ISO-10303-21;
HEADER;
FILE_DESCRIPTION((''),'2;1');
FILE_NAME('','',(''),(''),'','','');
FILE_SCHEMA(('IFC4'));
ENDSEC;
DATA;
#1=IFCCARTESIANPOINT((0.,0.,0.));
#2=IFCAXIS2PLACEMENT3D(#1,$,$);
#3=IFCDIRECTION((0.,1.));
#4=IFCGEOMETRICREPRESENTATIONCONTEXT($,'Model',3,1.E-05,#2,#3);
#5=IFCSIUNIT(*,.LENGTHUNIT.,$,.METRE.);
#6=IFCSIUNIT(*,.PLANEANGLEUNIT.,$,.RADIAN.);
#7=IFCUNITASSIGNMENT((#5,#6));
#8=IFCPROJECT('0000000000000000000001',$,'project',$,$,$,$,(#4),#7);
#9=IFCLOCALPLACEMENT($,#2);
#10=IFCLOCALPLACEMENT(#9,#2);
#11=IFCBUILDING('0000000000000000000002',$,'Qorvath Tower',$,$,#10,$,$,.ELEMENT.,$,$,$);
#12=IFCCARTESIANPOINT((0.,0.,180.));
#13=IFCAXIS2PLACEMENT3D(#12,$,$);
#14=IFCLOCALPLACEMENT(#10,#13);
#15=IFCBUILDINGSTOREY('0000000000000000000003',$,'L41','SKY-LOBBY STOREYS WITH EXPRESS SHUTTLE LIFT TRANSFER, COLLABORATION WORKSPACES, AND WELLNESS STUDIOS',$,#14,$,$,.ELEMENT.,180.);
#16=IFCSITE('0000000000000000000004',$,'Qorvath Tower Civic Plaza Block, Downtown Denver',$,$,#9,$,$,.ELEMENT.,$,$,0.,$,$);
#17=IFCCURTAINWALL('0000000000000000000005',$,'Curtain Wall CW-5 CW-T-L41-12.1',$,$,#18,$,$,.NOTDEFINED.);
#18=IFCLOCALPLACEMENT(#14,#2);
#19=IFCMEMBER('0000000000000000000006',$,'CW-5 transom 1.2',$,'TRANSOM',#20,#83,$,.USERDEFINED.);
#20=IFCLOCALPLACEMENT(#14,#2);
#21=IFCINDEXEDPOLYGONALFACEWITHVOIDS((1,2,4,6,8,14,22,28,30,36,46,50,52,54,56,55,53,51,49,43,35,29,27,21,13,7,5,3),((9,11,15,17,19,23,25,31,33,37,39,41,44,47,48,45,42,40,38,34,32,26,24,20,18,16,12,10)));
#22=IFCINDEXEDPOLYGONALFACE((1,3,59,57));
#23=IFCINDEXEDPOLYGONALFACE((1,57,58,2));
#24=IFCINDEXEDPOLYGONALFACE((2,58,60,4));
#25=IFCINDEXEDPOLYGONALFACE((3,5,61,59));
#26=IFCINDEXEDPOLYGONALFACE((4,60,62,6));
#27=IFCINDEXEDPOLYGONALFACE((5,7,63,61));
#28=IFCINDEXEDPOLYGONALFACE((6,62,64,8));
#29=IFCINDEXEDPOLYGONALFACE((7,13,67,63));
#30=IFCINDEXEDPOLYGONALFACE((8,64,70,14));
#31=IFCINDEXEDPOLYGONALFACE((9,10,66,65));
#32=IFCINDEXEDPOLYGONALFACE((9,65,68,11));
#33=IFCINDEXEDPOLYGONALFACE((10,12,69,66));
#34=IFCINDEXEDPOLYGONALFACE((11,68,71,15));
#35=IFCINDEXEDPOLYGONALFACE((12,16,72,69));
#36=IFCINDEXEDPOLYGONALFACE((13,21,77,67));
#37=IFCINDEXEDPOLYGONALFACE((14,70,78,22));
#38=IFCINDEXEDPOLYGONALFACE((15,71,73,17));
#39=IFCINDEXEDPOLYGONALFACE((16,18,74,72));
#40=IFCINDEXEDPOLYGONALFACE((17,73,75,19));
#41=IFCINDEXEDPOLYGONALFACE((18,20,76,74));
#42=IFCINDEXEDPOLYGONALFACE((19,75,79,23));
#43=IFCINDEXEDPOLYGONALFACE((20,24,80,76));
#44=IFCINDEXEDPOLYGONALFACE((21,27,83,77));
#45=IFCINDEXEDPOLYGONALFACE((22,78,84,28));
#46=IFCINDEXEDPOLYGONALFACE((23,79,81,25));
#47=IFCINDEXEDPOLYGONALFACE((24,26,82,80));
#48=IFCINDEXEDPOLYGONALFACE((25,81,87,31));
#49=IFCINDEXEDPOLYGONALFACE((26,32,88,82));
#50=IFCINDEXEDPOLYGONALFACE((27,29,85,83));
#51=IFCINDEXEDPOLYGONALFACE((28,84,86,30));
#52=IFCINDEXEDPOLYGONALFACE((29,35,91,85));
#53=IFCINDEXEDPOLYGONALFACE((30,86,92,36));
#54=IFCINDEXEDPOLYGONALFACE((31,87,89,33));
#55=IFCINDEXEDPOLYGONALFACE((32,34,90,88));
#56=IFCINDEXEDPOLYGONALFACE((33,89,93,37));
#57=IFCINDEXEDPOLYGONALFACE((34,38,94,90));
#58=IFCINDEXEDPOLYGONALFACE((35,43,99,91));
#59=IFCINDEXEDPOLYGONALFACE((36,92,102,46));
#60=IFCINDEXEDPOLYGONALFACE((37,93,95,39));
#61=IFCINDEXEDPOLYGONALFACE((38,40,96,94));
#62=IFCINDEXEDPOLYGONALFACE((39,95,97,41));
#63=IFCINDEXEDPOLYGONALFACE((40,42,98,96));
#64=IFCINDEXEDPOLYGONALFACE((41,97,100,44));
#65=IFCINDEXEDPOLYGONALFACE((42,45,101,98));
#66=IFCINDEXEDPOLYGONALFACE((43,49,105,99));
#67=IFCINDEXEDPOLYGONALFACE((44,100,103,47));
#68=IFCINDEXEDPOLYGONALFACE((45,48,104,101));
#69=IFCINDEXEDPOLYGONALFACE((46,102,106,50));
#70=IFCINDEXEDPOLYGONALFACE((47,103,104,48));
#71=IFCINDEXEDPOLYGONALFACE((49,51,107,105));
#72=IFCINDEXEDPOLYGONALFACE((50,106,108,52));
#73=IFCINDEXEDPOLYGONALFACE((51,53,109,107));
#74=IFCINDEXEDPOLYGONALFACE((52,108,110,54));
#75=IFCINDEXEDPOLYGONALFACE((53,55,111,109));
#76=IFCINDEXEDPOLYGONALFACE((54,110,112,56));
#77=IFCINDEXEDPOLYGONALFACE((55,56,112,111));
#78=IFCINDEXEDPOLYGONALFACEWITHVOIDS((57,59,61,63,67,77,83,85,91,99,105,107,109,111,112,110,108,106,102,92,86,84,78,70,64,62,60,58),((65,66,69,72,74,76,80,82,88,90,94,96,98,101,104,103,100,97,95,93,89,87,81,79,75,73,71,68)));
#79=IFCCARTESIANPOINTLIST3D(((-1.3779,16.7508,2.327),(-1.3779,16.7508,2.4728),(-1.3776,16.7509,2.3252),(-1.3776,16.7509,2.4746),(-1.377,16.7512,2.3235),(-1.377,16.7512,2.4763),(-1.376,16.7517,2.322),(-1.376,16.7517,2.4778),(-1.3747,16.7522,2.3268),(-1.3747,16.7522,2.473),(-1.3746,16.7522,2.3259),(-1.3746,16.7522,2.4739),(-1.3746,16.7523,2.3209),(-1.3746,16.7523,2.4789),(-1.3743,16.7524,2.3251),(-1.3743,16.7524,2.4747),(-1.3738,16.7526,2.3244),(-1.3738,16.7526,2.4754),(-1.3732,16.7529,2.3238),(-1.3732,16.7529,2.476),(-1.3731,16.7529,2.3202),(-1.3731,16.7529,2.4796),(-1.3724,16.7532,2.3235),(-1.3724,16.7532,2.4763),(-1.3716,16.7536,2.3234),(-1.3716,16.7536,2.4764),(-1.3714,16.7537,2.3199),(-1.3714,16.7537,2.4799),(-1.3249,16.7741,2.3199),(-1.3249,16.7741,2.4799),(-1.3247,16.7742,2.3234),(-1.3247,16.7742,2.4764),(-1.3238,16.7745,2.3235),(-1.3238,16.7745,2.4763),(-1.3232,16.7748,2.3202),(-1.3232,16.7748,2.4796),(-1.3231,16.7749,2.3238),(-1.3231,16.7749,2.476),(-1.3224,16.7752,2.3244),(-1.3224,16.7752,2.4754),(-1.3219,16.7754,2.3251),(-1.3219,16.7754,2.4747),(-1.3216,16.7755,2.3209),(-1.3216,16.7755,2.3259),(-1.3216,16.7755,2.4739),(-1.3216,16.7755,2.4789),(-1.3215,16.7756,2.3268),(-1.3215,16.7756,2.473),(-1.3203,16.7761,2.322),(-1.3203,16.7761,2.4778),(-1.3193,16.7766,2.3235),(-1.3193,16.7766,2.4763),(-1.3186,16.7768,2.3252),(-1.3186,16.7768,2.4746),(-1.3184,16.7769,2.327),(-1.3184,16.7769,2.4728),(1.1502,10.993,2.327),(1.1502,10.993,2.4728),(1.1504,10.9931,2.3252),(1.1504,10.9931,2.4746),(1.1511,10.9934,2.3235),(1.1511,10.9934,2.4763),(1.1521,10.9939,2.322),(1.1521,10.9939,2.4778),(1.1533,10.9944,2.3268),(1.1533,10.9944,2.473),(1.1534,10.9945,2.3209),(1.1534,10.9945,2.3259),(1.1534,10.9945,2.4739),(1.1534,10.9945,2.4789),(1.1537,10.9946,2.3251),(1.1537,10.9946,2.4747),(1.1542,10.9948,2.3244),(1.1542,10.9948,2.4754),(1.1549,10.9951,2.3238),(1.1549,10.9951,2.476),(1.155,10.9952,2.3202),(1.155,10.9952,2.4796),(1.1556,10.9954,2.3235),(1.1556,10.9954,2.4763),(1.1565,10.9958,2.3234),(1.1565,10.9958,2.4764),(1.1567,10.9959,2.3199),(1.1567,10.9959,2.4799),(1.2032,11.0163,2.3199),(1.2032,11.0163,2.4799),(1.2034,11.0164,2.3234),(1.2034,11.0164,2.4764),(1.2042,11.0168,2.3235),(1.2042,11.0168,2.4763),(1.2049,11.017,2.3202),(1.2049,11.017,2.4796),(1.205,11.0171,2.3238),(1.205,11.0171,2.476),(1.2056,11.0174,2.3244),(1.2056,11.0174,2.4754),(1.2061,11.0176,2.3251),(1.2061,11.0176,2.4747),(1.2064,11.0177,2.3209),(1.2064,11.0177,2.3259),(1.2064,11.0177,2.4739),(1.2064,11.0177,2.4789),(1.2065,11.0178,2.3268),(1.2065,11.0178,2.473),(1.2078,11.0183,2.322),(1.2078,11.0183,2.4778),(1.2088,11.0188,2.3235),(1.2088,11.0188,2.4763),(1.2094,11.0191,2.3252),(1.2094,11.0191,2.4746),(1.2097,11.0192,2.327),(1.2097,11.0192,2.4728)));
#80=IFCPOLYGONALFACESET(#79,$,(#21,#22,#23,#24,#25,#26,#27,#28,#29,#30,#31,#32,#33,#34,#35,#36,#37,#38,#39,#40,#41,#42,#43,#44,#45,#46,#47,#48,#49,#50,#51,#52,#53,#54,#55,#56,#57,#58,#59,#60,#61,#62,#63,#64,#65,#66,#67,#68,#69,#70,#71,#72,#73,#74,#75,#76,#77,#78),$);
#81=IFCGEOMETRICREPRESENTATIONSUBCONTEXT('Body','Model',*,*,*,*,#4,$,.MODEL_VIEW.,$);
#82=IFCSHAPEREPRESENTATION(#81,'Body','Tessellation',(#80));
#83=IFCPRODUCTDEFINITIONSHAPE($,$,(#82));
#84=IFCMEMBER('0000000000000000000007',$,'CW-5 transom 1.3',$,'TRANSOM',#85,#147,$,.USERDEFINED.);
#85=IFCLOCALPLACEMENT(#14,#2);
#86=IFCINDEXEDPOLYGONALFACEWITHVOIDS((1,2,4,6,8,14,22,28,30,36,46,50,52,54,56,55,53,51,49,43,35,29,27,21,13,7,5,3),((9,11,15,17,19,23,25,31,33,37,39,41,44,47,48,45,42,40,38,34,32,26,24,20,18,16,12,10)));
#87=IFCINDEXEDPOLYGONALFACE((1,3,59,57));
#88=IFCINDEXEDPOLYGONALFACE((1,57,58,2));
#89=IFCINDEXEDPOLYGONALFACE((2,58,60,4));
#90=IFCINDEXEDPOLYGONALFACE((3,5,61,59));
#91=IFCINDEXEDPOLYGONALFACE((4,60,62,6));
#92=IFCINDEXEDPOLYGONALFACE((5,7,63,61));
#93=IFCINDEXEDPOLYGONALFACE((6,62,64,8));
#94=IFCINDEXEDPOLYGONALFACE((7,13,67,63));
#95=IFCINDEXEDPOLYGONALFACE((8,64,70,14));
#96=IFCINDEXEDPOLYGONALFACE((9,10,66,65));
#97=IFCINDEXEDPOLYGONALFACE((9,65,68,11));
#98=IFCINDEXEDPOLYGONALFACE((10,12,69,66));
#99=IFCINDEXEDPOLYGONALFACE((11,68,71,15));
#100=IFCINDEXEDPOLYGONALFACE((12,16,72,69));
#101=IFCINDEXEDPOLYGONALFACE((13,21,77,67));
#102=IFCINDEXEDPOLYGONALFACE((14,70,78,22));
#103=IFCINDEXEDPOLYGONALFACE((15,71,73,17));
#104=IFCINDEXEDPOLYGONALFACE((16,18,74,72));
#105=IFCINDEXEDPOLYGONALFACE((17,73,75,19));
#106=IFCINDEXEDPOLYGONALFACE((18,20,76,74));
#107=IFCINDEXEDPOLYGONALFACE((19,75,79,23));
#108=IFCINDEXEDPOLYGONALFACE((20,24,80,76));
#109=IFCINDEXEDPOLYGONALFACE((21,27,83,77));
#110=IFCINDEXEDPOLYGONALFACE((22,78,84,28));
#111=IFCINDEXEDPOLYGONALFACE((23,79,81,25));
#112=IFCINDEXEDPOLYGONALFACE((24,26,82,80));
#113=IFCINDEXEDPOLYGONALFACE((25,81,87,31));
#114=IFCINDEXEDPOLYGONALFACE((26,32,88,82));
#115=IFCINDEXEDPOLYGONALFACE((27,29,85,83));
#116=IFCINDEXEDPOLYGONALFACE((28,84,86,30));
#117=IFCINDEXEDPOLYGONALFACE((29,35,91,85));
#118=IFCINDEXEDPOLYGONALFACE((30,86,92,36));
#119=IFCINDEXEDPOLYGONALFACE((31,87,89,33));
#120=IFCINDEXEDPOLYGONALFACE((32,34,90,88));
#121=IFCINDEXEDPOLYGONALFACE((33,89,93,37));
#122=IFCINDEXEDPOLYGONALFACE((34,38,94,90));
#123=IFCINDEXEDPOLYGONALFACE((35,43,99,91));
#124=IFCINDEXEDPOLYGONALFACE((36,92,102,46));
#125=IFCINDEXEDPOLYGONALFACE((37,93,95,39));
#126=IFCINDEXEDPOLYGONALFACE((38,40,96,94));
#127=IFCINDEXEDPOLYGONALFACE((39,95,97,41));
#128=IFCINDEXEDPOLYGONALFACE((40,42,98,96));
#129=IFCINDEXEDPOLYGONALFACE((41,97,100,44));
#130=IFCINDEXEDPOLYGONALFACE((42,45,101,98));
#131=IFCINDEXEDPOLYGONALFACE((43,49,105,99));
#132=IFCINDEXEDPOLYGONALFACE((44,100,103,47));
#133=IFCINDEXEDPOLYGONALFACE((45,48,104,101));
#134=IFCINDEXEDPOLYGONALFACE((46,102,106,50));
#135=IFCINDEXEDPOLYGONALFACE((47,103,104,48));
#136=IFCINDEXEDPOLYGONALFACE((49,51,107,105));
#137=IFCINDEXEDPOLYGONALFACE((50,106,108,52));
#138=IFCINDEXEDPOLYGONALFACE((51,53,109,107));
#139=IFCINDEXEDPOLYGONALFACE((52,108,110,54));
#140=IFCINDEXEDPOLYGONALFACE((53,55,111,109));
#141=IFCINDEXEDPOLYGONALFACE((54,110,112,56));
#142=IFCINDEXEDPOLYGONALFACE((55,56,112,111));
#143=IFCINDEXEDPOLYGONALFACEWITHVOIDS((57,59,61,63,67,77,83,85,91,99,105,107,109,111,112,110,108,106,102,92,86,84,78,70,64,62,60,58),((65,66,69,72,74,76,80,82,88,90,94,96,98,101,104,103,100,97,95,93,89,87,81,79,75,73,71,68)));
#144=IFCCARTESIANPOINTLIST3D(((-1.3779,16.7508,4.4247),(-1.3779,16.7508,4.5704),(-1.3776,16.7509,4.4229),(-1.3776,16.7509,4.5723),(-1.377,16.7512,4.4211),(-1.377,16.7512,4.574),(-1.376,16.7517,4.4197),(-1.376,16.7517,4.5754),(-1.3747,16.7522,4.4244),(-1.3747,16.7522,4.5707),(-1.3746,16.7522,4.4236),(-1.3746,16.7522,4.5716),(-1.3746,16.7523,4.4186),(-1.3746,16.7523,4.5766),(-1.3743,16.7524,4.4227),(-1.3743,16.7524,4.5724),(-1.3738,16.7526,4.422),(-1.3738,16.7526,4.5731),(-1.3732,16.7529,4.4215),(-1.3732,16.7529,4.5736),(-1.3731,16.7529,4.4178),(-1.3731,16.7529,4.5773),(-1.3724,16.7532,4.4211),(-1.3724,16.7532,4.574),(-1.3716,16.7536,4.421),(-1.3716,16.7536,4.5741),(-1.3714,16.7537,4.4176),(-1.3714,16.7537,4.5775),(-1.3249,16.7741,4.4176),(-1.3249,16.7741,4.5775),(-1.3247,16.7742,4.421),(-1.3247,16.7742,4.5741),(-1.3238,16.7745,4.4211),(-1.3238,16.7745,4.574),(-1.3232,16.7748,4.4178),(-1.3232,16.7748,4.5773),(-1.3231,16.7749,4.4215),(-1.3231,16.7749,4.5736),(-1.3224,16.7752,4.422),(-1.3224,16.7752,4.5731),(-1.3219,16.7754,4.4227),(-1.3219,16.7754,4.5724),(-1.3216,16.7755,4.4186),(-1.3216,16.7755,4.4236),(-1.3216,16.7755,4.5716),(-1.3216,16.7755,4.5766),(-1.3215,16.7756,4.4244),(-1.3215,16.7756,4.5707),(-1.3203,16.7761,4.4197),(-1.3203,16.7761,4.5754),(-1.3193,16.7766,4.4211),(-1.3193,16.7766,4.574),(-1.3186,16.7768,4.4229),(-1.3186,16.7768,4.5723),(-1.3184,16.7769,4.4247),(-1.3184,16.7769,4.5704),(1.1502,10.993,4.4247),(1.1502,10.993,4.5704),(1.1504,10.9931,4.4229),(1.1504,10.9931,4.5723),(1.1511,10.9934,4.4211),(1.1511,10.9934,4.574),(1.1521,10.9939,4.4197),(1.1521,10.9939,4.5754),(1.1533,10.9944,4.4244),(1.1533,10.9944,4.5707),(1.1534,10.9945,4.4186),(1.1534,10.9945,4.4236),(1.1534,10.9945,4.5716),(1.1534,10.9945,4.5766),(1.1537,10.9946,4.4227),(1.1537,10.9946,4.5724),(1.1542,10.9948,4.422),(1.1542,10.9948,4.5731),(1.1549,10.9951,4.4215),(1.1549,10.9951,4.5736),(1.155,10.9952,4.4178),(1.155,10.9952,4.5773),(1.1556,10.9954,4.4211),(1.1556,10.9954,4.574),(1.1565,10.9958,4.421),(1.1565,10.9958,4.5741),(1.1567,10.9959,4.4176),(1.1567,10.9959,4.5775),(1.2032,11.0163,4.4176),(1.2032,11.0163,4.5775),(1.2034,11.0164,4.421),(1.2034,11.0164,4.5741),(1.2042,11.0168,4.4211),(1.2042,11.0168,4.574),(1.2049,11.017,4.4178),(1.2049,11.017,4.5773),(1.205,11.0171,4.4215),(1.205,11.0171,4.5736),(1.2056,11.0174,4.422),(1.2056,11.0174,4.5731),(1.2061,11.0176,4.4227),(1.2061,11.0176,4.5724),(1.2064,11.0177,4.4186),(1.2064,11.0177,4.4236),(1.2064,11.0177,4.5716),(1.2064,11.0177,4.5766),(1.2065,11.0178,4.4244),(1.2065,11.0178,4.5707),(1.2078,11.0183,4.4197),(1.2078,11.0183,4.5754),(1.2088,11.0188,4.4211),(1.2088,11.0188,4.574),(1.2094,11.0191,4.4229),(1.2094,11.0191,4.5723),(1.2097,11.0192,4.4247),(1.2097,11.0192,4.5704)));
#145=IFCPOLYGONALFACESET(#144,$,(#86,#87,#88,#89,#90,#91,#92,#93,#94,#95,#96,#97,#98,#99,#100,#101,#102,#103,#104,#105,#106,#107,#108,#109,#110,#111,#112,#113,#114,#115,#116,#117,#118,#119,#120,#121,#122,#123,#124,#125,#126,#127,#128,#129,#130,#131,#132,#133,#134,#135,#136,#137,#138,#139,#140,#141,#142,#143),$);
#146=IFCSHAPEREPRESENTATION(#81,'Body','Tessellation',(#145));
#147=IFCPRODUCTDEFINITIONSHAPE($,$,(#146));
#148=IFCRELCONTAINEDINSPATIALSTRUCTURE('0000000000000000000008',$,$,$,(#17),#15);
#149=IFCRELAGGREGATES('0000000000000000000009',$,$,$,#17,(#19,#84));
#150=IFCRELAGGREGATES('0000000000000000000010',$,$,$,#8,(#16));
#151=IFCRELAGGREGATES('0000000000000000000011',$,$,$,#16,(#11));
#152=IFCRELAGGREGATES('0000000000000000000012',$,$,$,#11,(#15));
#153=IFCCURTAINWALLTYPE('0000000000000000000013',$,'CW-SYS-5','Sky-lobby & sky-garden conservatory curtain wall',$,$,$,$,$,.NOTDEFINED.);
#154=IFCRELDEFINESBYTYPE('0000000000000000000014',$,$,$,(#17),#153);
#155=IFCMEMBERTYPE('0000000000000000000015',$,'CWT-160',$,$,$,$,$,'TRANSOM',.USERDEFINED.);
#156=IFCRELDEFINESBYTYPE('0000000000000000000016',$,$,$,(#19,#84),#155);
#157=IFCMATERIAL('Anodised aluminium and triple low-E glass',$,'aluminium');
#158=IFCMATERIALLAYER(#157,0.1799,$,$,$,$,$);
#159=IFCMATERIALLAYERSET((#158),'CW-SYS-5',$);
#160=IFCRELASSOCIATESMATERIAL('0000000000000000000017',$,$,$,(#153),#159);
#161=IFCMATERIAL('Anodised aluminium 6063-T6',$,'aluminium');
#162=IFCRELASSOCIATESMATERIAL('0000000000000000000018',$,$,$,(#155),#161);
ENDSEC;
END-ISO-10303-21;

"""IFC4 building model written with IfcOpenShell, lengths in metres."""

from ifc_helpers import new_model, si_unit, direction, frame, origin, origin_2d, place, context, subcontext, project, spatial, hollow_rectangle, extrude, material, layer, layer_set, material_profile, profile_set, type_object, element, aggregate, save


model = new_model("IFC4")

# Units and contexts
model_context = context("Model", 3, precision=1e-05, world=origin(), true_north=direction((0.0, 1.0)))
body_context = subcontext(model_context, "Body", "Model", "MODEL_VIEW")
ifc_project = project(units=[si_unit("LENGTHUNIT", "METRE"), si_unit("PLANEANGLEUNIT", "RADIAN")], contexts=[model_context])

# Site, building, storey
site_placement = place(None, origin())
site = spatial("IfcSite", under=ifc_project, at=site_placement, Name="Qorvath Tower Civic Plaza Block, Downtown Denver", CompositionType="ELEMENT", RefElevation=0.0)
building_placement = place(site_placement, origin())
building = spatial("IfcBuilding", under=site, at=building_placement, Name="Qorvath Tower", CompositionType="ELEMENT")
storey_placement = place(building_placement, frame((0.0, 0.0, 180.0)))
storey = spatial("IfcBuildingStorey", under=building, at=storey_placement, Name="L41", Description="SKY-LOBBY STOREYS WITH EXPRESS SHUTTLE LIFT TRANSFER, COLLABORATION WORKSPACES, AND WELLNESS STUDIOS", CompositionType="ELEMENT", Elevation=180.0)

# Shared definitions
ifc_material_1 = material(Name="Anodised aluminium and triple low-E glass", Category="aluminium")
ifc_layer_1 = layer(ifc_material_1, 0.1799)
ifc_layer_set_1 = layer_set([ifc_layer_1], Name="CW-SYS-5")
curtain_wall_type = type_object("IfcCurtainWallType", Name="CW-SYS-5", Description="Sky-lobby & sky-garden conservatory curtain wall", PredefinedType="NOTDEFINED", material=ifc_layer_set_1)

# Curtain wall
curtain_wall_1_placement = place(storey_placement, origin())
curtain_wall_1 = element("IfcCurtainWall", 1, at=curtain_wall_1_placement, inside=storey, type_object=curtain_wall_type, Name="Curtain Wall CW-5 CW-T-L41-12.1", PredefinedType="NOTDEFINED")

# Members
ifc_material_2 = material(Name="Anodised aluminium 6063-T6", Category="aluminium")
ifc_material_profile_1 = material_profile(ifc_material_2, hollow_rectangle(XDim=0.0649, YDim=0.1599, WallThickness=0.0034, InnerFilletRadius=0.0034, OuterFilletRadius=0.0071, at=origin_2d()), Name="CWT 160x65")
ifc_profile_set_1 = profile_set([ifc_material_profile_1], Name="Anodised aluminium 6063-T6")
member_type_1 = type_object("IfcMemberType", Name="CWT-160", ElementType="TRANSOM", PredefinedType="USERDEFINED", material=ifc_profile_set_1)
member_1_placement = place(storey_placement, frame((1.1799, 11.0061, 2.3999), z_axis=(-0.402024, 0.915629, 0.0), x_axis=(-0.915629, -0.402024, 0.0)))
member_1 = element("IfcMember", 2, at=member_1_placement, type_object=member_type_1, Name="CW-5 transom 1.2", ObjectType="TRANSOM", PredefinedType="USERDEFINED", context=body_context, shape_type="SweptSolid", body=[
    extrude(hollow_rectangle(XDim=0.0649, YDim=0.1599, WallThickness=0.0034, InnerFilletRadius=0.0034, OuterFilletRadius=0.0071, at=origin_2d()), origin(), (0.0, 0.0, 1.0), 6.2883),
])
member_2_placement = place(storey_placement, frame((1.1799, 11.0061, 4.4976), z_axis=(-0.402024, 0.915629, 0.0), x_axis=(-0.915629, -0.402024, 0.0)))
member_2 = element("IfcMember", 3, at=member_2_placement, type_object=member_type_1, Name="CW-5 transom 1.3", ObjectType="TRANSOM", PredefinedType="USERDEFINED", context=body_context, shape_type="SweptSolid", body=[
    extrude(hollow_rectangle(XDim=0.0649, YDim=0.1599, WallThickness=0.0034, InnerFilletRadius=0.0034, OuterFilletRadius=0.0071, at=origin_2d()), origin(), (0.0, 0.0, 1.0), 6.2883),
])

aggregate(curtain_wall_1, [member_1, member_2])

save(model, "model.ifc")
